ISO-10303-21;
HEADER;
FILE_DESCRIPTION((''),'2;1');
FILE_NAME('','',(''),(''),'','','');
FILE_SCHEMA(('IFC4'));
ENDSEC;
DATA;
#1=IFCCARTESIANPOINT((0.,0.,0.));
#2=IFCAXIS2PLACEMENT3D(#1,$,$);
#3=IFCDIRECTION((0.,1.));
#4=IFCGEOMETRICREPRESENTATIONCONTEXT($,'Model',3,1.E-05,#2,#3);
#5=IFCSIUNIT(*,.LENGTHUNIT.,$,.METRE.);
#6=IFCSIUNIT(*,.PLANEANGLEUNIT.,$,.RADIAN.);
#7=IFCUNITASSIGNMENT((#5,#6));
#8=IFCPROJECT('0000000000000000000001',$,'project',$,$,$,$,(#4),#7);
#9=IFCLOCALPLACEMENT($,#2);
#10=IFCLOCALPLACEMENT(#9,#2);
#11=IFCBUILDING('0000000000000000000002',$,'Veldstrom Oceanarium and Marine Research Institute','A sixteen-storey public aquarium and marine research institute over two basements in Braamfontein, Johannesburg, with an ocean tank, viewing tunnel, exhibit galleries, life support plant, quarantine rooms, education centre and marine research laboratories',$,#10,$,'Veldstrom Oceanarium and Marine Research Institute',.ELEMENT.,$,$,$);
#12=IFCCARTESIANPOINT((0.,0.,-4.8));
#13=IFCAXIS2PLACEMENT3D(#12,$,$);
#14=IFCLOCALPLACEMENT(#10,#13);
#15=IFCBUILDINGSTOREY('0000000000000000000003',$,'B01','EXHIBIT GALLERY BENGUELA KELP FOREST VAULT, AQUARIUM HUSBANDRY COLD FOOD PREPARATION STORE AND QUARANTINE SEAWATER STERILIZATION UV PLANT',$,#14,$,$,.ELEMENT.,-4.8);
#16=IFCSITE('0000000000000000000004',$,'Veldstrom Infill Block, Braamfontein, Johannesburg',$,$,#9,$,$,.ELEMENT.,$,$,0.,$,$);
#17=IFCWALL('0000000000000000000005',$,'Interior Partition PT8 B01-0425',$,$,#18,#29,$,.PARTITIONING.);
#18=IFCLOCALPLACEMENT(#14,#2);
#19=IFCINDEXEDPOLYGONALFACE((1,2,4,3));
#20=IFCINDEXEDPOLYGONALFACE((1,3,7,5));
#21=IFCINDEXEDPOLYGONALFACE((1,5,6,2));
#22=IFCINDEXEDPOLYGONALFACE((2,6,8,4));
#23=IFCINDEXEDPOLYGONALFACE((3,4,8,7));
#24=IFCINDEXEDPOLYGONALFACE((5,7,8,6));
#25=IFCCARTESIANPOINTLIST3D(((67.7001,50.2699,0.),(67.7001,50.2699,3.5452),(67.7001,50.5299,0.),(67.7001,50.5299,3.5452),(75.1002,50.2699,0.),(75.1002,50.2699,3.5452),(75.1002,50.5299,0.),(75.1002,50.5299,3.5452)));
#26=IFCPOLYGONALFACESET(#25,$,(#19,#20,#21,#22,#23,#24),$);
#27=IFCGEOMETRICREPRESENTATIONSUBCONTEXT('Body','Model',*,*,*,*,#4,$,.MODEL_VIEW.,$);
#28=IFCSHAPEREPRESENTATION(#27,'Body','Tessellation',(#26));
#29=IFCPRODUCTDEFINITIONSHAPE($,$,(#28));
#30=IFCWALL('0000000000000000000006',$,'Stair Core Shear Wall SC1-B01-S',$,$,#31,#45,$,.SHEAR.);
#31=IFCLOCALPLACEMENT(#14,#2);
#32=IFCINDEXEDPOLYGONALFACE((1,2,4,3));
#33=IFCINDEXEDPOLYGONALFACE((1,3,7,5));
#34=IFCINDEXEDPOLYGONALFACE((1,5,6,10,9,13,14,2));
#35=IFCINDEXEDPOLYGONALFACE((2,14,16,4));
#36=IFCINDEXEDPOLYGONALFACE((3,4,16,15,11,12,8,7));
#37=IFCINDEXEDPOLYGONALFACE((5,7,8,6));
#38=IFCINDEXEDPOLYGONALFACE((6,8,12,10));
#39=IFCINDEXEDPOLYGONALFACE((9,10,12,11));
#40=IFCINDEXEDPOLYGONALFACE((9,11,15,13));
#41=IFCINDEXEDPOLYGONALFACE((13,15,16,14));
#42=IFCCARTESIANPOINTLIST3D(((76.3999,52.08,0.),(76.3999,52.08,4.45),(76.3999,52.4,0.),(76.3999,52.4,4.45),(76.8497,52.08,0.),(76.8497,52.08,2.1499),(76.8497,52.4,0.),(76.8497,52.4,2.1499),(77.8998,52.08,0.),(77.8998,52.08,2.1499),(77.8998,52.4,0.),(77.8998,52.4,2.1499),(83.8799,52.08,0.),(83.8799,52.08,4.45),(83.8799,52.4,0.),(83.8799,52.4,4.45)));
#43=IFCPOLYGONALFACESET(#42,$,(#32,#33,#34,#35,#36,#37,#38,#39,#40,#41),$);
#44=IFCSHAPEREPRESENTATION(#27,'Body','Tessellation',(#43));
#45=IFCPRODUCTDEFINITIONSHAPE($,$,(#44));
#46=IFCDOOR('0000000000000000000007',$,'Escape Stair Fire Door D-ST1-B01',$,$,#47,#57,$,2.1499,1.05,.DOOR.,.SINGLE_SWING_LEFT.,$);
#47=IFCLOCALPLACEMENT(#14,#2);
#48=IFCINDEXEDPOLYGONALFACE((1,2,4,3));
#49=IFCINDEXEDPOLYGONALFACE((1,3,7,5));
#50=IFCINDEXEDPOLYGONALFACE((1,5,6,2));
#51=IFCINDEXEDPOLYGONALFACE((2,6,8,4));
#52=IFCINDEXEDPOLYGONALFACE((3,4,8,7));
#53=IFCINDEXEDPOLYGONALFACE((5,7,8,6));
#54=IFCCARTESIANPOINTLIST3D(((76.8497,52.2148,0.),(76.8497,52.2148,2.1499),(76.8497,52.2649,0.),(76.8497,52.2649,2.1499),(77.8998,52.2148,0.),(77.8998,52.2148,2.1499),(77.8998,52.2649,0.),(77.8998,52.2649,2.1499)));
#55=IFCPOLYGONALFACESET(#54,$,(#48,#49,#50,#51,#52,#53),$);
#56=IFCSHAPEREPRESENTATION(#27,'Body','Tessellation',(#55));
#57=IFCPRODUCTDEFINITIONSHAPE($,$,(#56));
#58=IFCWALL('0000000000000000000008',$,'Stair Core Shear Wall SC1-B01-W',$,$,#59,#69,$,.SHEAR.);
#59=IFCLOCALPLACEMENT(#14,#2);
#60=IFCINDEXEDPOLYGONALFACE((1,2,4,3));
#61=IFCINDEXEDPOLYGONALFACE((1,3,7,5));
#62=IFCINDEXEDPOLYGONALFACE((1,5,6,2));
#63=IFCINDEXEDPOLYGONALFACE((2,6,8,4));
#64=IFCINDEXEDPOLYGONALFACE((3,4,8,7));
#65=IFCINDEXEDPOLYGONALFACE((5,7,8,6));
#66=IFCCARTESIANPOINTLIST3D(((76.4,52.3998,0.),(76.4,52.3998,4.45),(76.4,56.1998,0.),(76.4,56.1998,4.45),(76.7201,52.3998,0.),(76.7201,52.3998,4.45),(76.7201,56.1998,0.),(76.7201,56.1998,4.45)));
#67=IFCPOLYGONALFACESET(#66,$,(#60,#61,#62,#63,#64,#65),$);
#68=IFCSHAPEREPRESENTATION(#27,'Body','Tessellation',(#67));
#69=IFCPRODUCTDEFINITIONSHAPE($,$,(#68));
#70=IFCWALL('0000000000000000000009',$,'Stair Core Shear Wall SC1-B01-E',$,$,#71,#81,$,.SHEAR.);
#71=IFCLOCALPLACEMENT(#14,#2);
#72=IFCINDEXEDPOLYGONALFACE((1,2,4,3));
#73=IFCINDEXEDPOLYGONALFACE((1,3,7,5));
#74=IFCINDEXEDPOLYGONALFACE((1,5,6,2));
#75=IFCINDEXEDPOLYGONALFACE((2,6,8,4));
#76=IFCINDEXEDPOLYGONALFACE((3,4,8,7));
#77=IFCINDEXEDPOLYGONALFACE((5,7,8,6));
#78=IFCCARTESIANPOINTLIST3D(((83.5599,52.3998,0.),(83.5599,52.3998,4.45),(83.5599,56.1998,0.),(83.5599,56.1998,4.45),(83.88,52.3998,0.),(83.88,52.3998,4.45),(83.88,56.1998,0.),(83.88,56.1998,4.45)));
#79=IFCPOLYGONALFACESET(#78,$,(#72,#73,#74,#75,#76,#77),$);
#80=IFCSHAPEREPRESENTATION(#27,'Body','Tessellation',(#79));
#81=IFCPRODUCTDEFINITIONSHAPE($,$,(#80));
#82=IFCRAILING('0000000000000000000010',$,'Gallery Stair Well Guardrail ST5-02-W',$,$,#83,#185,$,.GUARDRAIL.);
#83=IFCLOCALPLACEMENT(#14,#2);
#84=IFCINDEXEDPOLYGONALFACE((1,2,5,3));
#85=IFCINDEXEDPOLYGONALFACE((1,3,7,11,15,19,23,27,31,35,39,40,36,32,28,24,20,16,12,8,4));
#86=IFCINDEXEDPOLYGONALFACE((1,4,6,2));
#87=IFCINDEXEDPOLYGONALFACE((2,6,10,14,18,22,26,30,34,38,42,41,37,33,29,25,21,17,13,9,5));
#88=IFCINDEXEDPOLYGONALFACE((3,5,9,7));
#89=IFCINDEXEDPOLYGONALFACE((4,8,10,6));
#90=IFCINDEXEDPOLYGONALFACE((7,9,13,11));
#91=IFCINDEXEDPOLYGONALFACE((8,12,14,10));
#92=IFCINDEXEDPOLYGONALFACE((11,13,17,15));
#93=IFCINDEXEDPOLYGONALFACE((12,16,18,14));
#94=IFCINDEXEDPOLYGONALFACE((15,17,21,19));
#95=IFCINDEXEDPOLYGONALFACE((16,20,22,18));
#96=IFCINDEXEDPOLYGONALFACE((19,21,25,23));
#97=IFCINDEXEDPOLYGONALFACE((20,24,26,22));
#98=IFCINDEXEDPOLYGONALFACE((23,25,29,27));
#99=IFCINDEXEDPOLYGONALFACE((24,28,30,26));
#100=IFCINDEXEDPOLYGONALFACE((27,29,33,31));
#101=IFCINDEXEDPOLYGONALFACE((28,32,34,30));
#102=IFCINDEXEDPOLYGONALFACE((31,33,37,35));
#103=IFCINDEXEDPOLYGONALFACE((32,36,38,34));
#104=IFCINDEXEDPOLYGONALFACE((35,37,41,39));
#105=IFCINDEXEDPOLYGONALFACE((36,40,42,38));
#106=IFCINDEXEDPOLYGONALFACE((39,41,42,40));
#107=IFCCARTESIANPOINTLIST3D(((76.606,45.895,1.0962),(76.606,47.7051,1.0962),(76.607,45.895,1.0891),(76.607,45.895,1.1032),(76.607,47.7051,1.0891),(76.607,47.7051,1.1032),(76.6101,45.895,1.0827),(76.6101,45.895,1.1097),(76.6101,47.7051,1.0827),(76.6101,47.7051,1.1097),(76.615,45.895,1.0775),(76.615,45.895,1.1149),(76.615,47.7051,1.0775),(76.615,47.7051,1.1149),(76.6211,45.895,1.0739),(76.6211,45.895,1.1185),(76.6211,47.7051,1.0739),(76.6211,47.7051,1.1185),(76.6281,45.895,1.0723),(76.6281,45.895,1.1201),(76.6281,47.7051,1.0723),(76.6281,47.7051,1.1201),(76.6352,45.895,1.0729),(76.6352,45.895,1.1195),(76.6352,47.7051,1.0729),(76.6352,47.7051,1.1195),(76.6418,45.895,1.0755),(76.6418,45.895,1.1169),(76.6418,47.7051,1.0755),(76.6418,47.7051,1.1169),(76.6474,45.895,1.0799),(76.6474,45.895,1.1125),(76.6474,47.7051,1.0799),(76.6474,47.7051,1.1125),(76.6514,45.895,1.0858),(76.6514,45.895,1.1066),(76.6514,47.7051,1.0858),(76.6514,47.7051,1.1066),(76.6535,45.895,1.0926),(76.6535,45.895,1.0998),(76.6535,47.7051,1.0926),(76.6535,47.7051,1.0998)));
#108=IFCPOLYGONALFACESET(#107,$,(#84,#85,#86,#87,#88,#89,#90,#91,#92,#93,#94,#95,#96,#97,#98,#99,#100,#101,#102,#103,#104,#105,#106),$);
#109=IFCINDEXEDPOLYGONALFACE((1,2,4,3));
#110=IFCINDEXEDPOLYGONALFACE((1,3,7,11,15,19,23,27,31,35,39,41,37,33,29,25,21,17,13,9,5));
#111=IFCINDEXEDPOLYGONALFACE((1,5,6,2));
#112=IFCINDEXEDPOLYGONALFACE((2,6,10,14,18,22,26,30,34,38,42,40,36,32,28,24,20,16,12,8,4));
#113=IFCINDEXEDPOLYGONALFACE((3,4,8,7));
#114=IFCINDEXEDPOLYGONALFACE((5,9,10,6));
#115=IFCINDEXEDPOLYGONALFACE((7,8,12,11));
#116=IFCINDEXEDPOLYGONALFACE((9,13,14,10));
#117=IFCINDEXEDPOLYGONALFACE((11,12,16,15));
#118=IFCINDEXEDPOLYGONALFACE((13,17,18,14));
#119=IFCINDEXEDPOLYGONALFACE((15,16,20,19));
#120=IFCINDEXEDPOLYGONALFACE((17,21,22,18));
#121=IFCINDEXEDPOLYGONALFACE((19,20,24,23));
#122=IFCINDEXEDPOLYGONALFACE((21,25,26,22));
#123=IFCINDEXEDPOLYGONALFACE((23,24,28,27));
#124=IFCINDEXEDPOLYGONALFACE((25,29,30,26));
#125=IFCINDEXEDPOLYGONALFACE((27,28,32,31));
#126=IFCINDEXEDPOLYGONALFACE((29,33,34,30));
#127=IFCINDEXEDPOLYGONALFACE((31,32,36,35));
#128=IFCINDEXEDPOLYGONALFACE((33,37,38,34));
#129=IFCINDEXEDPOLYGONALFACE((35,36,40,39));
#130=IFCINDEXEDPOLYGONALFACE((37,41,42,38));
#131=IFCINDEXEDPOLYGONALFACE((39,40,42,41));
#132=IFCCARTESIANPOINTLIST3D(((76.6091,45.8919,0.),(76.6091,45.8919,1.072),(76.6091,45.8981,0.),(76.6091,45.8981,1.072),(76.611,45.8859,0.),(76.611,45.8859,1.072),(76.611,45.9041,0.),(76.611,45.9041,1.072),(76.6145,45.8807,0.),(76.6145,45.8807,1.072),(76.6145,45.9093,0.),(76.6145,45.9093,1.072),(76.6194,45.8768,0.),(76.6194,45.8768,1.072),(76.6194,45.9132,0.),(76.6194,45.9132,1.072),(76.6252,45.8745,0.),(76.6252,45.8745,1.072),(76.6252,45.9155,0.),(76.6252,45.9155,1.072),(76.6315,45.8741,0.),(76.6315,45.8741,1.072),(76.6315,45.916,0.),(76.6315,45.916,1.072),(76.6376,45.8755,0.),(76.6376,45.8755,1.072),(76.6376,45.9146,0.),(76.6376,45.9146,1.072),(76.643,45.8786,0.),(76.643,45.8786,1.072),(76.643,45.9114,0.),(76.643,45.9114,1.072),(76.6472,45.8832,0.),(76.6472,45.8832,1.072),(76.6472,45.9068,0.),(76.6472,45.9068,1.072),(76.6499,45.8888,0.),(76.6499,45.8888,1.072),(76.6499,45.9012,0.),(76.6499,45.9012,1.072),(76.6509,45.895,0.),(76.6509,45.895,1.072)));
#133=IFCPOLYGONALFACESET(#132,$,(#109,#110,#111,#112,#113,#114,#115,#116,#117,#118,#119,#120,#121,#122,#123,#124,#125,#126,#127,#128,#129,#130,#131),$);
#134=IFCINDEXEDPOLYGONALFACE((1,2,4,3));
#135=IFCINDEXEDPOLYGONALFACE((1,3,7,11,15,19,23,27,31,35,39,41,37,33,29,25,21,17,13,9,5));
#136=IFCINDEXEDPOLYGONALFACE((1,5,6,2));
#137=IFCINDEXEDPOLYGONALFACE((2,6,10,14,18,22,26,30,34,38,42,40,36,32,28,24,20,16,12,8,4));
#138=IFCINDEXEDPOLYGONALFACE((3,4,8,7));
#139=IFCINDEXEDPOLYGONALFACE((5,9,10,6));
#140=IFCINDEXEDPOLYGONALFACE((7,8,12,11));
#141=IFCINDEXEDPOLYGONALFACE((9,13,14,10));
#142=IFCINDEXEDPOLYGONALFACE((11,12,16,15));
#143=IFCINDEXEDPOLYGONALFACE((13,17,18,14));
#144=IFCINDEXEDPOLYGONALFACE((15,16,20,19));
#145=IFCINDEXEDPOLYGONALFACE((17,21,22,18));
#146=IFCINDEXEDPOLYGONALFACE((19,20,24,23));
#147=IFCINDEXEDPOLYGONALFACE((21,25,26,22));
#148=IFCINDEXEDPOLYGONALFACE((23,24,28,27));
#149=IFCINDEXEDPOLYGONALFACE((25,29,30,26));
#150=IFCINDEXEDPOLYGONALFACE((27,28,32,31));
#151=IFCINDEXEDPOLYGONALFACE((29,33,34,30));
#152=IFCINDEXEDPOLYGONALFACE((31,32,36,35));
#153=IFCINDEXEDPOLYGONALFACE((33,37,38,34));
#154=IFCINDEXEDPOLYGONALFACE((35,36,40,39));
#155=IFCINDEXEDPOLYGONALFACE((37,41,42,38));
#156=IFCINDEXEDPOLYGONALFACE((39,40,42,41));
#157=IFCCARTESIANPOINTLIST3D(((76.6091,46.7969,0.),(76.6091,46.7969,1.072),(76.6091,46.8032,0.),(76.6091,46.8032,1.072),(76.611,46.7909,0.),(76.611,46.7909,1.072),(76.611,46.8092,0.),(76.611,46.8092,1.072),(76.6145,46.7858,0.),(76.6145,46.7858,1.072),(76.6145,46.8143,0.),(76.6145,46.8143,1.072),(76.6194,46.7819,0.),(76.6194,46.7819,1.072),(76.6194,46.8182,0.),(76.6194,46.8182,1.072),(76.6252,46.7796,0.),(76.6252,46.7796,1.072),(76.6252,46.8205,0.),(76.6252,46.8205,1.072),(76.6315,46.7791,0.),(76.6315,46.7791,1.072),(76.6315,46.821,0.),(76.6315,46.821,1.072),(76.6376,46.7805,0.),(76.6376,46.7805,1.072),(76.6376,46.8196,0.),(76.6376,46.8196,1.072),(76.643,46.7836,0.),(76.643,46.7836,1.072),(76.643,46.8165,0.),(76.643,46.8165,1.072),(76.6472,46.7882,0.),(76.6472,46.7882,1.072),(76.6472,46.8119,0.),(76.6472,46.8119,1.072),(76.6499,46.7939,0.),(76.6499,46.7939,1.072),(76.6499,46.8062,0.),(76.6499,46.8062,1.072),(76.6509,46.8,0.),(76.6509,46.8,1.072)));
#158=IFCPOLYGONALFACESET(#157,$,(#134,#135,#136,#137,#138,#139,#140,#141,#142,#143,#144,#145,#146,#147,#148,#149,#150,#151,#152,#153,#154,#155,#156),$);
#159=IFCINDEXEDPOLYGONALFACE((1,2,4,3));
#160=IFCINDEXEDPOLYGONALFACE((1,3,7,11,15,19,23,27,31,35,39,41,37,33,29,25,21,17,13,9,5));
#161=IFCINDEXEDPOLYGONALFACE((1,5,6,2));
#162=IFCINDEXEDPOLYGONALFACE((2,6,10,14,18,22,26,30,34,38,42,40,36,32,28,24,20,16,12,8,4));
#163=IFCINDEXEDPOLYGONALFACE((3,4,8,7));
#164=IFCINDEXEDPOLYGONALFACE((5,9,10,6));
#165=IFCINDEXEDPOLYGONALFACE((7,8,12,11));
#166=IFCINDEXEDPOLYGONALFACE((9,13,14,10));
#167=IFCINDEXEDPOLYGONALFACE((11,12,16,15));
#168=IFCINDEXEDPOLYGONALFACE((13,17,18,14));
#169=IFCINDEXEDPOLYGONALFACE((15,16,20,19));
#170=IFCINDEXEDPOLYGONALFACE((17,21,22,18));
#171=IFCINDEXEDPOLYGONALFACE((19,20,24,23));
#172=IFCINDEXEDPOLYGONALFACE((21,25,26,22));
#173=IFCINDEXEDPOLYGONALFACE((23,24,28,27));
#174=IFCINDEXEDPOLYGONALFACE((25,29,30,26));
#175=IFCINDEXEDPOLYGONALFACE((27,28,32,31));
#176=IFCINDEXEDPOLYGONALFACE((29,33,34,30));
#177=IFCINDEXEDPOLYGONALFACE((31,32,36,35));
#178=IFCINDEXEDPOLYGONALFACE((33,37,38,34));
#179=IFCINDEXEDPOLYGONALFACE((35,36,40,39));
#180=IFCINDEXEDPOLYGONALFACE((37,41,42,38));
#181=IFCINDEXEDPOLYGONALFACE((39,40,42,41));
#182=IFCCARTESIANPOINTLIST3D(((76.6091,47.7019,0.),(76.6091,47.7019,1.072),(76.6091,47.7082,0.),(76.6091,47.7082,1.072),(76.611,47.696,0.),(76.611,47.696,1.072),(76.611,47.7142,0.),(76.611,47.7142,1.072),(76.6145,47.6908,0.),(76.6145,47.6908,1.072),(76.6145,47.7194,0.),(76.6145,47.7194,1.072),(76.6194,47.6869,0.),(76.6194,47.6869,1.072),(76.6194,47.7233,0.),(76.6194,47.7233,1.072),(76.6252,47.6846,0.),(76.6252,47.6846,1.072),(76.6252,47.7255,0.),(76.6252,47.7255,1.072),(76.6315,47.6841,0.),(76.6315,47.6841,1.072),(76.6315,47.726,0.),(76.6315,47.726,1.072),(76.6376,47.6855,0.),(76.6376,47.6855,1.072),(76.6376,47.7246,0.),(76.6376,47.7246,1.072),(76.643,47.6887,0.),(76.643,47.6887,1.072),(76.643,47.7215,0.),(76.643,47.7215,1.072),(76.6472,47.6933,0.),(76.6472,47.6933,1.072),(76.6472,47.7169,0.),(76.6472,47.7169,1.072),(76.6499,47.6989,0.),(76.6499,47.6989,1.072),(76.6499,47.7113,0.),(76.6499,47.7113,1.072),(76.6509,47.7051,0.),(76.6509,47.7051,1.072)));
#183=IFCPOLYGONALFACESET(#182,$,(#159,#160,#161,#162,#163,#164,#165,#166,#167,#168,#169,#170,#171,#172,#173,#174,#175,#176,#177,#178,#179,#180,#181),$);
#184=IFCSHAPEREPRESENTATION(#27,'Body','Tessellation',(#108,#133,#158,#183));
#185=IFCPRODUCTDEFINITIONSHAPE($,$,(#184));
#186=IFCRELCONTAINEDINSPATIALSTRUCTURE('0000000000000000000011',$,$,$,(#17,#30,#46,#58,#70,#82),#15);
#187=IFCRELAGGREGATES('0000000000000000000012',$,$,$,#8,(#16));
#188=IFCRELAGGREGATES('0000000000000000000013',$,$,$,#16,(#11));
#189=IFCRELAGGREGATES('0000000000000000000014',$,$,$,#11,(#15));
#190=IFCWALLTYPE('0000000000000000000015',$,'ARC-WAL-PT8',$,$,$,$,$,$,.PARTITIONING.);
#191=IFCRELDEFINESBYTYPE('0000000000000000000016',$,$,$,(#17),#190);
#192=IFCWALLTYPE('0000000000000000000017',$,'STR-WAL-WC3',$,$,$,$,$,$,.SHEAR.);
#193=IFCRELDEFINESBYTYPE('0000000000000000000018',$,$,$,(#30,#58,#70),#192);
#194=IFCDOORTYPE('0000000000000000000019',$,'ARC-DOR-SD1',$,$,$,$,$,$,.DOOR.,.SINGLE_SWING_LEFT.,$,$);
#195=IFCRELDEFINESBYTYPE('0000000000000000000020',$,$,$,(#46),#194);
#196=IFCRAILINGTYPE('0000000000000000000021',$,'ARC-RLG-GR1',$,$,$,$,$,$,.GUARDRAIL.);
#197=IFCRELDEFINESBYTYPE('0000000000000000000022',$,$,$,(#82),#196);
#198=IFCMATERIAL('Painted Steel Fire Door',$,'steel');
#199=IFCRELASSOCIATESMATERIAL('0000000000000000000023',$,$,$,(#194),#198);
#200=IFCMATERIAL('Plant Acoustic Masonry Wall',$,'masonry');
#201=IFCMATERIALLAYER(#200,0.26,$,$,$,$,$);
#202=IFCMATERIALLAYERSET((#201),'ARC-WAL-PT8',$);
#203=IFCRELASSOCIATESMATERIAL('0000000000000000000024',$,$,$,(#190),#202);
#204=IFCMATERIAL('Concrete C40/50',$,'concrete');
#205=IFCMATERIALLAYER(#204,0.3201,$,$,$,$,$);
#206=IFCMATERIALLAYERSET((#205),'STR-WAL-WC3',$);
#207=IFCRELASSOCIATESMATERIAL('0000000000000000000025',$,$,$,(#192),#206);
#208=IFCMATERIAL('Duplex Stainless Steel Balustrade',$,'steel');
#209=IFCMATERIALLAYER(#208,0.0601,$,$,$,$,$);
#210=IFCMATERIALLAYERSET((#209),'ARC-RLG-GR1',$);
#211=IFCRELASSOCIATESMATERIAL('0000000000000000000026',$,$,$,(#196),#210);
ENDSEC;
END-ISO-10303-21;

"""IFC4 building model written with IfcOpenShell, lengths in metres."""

from ifc_helpers import new_model, si_unit, direction, frame, frame_2d, origin, origin_2d, place, context, subcontext, project, spatial, rectangle, circle, extrude, material, layer, layer_set, type_object, element, fill, save


model = new_model("IFC4")

# Units and contexts
model_context = context("Model", 3, precision=1e-05, world=origin(), true_north=direction((0.0, 1.0)))
body_context = subcontext(model_context, "Body", "Model", "MODEL_VIEW")
ifc_project = project(units=[si_unit("LENGTHUNIT", "METRE"), si_unit("PLANEANGLEUNIT", "RADIAN")], contexts=[model_context])

# Site, building, storey
site_placement = place(None, origin())
site = spatial("IfcSite", under=ifc_project, at=site_placement, Name="Veldstrom Infill Block, Braamfontein, Johannesburg", CompositionType="ELEMENT", RefElevation=0.0)
building_placement = place(site_placement, origin())
building = spatial("IfcBuilding", under=site, at=building_placement, Name="Veldstrom Oceanarium and Marine Research Institute", Description="A sixteen-storey public aquarium and marine research institute over two basements in Braamfontein, Johannesburg, with an ocean tank, viewing tunnel, exhibit galleries, life support plant, quarantine rooms, education centre and marine research laboratories", LongName="Veldstrom Oceanarium and Marine Research Institute", CompositionType="ELEMENT")
storey_placement = place(building_placement, frame((0.0, 0.0, -4.8)))
storey = spatial("IfcBuildingStorey", under=building, at=storey_placement, Name="B01", Description="EXHIBIT GALLERY BENGUELA KELP FOREST VAULT, AQUARIUM HUSBANDRY COLD FOOD PREPARATION STORE AND QUARANTINE SEAWATER STERILIZATION UV PLANT", CompositionType="ELEMENT", Elevation=-4.8)

# Shared definitions
ifc_material_1 = material(Name="Painted Steel Fire Door", Category="steel")
door_type_1 = type_object("IfcDoorType", Name="ARC-DOR-SD1", OperationType="SINGLE_SWING_LEFT", PredefinedType="DOOR", material=ifc_material_1)

# Shared definitions
ifc_material_2 = material(Name="Plant Acoustic Masonry Wall", Category="masonry")
ifc_layer_1 = layer(ifc_material_2, 0.26)
ifc_layer_set_1 = layer_set([ifc_layer_1], Name="ARC-WAL-PT8")
wall_type_1 = type_object("IfcWallType", Name="ARC-WAL-PT8", PredefinedType="PARTITIONING", material=ifc_layer_set_1)

# Wall
wall_1_placement = place(storey_placement, frame((67.7, 50.3999, 0.0), z_axis=(0.0, 0.0, 1.0), x_axis=(1.0, 0.0, 0.0)))
element("IfcWall", 1, at=wall_1_placement, inside=storey, type_object=wall_type_1, Name="Interior Partition PT8 B01-0425", PredefinedType="PARTITIONING", context=body_context, shape_type="SweptSolid", body=[
    extrude(rectangle(XDim=7.4001, YDim=0.26, at=frame_2d((3.7002, 0.0))), origin(), (0.0, 0.0, 1.0), 3.5452),
])

# Wall, opening, door
ifc_material_3 = material(Name="Concrete C40/50", Category="concrete")
ifc_layer_2 = layer(ifc_material_3, 0.3201)
ifc_layer_set_2 = layer_set([ifc_layer_2], Name="STR-WAL-WC3")
wall_type_2 = type_object("IfcWallType", Name="STR-WAL-WC3", PredefinedType="SHEAR", material=ifc_layer_set_2)
wall_2_placement = place(storey_placement, frame((76.3999, 52.24, 0.0), z_axis=(0.0, 0.0, 1.0), x_axis=(1.0, 0.0, 0.0)))
wall_2 = element("IfcWall", 2, at=wall_2_placement, inside=storey, type_object=wall_type_2, Name="Stair Core Shear Wall SC1-B01-S", PredefinedType="SHEAR", context=body_context, shape_type="SweptSolid", body=[
    extrude(rectangle(XDim=7.48, YDim=0.3201, at=frame_2d((3.74, 0.0))), origin(), (0.0, 0.0, 1.0), 4.45),
])
opening_1_placement = place(wall_2_placement, frame((0.45, 0.0, 0.0)))
opening_1 = element("IfcOpeningElement", 3, at=opening_1_placement, cuts=wall_2, PredefinedType="OPENING", context=body_context, shape_type="SweptSolid", body=[
    extrude(rectangle(XDim=1.05, YDim=2.1499, at=frame_2d((0.5249, 1.075))), frame((0.0, 0.1699, 0.0), z_axis=(0.0, -1.0, 0.0), x_axis=(1.0, 0.0, 0.0)), (0.0, 0.0, 1.0), 0.3401),
])
door_1_placement = place(opening_1_placement, origin())
door_1 = element("IfcDoor", 4, at=door_1_placement, inside=storey, type_object=door_type_1, Name="Escape Stair Fire Door D-ST1-B01", OperationType="SINGLE_SWING_LEFT", OverallHeight=2.1499, OverallWidth=1.05, PredefinedType="DOOR", context=body_context, shape_type="SweptSolid", body=[
    extrude(rectangle(XDim=1.05, YDim=2.1499, at=frame_2d((0.5249, 1.075))), frame((0.0, 0.0249, 0.0), z_axis=(0.0, -1.0, 0.0), x_axis=(1.0, 0.0, 0.0)), (0.0, 0.0, 1.0), 0.05),
])
fill(opening_1, door_1)

# Walls
for number, where, z_axis, x_axis, name in (
    (5, (76.5601, 52.3999, 0.0), (0.0, 0.0, 1.0), (0.0, 1.0, 0.0), "Stair Core Shear Wall SC1-B01-W"),
    (6, (83.72, 52.3999, 0.0), (0.0, 0.0, 1.0), (0.0, 1.0, 0.0), "Stair Core Shear Wall SC1-B01-E"),
):
    element("IfcWall", number, at=place(storey_placement, frame(where, z_axis=z_axis, x_axis=x_axis)), inside=storey, type_object=wall_type_2, Name=name, PredefinedType="SHEAR", context=body_context, shape_type="SweptSolid", body=[
        extrude(rectangle(XDim=3.8, YDim=0.3201, at=frame_2d((1.8999, 0.0))), origin(), (0.0, 0.0, 1.0), 4.45),
    ])

# Railing
ifc_material_4 = material(Name="Duplex Stainless Steel Balustrade", Category="steel")
ifc_layer_3 = layer(ifc_material_4, 0.0601)
ifc_layer_set_3 = layer_set([ifc_layer_3], Name="ARC-RLG-GR1")
railing_type_1 = type_object("IfcRailingType", Name="ARC-RLG-GR1", PredefinedType="GUARDRAIL", material=ifc_layer_set_3)
railing_1_placement = place(storey_placement, frame((76.6299, 45.895, 0.0)))
element("IfcRailing", 7, at=railing_1_placement, inside=storey, type_object=railing_type_1, Name="Gallery Stair Well Guardrail ST5-02-W", PredefinedType="GUARDRAIL", context=body_context, shape_type="SweptSolid", body=[
    extrude(circle(Radius=0.0239, at=origin_2d()), frame((0.0, 0.0, 1.0962), z_axis=(0.0, 1.0, 0.0), x_axis=(-1.0, 0.0, 0.0)), (0.0, 0.0, 1.0), 1.8101),
    extrude(circle(Radius=0.021, at=origin_2d()), origin(), (0.0, 0.0, 1.0), 1.072),
    extrude(circle(Radius=0.021, at=origin_2d()), frame((0.0, 0.905, 0.0)), (0.0, 0.0, 1.0), 1.072),
    extrude(circle(Radius=0.021, at=origin_2d()), frame((0.0, 1.8101, 0.0)), (0.0, 0.0, 1.0), 1.072),
])

save(model, "model.ifc")
